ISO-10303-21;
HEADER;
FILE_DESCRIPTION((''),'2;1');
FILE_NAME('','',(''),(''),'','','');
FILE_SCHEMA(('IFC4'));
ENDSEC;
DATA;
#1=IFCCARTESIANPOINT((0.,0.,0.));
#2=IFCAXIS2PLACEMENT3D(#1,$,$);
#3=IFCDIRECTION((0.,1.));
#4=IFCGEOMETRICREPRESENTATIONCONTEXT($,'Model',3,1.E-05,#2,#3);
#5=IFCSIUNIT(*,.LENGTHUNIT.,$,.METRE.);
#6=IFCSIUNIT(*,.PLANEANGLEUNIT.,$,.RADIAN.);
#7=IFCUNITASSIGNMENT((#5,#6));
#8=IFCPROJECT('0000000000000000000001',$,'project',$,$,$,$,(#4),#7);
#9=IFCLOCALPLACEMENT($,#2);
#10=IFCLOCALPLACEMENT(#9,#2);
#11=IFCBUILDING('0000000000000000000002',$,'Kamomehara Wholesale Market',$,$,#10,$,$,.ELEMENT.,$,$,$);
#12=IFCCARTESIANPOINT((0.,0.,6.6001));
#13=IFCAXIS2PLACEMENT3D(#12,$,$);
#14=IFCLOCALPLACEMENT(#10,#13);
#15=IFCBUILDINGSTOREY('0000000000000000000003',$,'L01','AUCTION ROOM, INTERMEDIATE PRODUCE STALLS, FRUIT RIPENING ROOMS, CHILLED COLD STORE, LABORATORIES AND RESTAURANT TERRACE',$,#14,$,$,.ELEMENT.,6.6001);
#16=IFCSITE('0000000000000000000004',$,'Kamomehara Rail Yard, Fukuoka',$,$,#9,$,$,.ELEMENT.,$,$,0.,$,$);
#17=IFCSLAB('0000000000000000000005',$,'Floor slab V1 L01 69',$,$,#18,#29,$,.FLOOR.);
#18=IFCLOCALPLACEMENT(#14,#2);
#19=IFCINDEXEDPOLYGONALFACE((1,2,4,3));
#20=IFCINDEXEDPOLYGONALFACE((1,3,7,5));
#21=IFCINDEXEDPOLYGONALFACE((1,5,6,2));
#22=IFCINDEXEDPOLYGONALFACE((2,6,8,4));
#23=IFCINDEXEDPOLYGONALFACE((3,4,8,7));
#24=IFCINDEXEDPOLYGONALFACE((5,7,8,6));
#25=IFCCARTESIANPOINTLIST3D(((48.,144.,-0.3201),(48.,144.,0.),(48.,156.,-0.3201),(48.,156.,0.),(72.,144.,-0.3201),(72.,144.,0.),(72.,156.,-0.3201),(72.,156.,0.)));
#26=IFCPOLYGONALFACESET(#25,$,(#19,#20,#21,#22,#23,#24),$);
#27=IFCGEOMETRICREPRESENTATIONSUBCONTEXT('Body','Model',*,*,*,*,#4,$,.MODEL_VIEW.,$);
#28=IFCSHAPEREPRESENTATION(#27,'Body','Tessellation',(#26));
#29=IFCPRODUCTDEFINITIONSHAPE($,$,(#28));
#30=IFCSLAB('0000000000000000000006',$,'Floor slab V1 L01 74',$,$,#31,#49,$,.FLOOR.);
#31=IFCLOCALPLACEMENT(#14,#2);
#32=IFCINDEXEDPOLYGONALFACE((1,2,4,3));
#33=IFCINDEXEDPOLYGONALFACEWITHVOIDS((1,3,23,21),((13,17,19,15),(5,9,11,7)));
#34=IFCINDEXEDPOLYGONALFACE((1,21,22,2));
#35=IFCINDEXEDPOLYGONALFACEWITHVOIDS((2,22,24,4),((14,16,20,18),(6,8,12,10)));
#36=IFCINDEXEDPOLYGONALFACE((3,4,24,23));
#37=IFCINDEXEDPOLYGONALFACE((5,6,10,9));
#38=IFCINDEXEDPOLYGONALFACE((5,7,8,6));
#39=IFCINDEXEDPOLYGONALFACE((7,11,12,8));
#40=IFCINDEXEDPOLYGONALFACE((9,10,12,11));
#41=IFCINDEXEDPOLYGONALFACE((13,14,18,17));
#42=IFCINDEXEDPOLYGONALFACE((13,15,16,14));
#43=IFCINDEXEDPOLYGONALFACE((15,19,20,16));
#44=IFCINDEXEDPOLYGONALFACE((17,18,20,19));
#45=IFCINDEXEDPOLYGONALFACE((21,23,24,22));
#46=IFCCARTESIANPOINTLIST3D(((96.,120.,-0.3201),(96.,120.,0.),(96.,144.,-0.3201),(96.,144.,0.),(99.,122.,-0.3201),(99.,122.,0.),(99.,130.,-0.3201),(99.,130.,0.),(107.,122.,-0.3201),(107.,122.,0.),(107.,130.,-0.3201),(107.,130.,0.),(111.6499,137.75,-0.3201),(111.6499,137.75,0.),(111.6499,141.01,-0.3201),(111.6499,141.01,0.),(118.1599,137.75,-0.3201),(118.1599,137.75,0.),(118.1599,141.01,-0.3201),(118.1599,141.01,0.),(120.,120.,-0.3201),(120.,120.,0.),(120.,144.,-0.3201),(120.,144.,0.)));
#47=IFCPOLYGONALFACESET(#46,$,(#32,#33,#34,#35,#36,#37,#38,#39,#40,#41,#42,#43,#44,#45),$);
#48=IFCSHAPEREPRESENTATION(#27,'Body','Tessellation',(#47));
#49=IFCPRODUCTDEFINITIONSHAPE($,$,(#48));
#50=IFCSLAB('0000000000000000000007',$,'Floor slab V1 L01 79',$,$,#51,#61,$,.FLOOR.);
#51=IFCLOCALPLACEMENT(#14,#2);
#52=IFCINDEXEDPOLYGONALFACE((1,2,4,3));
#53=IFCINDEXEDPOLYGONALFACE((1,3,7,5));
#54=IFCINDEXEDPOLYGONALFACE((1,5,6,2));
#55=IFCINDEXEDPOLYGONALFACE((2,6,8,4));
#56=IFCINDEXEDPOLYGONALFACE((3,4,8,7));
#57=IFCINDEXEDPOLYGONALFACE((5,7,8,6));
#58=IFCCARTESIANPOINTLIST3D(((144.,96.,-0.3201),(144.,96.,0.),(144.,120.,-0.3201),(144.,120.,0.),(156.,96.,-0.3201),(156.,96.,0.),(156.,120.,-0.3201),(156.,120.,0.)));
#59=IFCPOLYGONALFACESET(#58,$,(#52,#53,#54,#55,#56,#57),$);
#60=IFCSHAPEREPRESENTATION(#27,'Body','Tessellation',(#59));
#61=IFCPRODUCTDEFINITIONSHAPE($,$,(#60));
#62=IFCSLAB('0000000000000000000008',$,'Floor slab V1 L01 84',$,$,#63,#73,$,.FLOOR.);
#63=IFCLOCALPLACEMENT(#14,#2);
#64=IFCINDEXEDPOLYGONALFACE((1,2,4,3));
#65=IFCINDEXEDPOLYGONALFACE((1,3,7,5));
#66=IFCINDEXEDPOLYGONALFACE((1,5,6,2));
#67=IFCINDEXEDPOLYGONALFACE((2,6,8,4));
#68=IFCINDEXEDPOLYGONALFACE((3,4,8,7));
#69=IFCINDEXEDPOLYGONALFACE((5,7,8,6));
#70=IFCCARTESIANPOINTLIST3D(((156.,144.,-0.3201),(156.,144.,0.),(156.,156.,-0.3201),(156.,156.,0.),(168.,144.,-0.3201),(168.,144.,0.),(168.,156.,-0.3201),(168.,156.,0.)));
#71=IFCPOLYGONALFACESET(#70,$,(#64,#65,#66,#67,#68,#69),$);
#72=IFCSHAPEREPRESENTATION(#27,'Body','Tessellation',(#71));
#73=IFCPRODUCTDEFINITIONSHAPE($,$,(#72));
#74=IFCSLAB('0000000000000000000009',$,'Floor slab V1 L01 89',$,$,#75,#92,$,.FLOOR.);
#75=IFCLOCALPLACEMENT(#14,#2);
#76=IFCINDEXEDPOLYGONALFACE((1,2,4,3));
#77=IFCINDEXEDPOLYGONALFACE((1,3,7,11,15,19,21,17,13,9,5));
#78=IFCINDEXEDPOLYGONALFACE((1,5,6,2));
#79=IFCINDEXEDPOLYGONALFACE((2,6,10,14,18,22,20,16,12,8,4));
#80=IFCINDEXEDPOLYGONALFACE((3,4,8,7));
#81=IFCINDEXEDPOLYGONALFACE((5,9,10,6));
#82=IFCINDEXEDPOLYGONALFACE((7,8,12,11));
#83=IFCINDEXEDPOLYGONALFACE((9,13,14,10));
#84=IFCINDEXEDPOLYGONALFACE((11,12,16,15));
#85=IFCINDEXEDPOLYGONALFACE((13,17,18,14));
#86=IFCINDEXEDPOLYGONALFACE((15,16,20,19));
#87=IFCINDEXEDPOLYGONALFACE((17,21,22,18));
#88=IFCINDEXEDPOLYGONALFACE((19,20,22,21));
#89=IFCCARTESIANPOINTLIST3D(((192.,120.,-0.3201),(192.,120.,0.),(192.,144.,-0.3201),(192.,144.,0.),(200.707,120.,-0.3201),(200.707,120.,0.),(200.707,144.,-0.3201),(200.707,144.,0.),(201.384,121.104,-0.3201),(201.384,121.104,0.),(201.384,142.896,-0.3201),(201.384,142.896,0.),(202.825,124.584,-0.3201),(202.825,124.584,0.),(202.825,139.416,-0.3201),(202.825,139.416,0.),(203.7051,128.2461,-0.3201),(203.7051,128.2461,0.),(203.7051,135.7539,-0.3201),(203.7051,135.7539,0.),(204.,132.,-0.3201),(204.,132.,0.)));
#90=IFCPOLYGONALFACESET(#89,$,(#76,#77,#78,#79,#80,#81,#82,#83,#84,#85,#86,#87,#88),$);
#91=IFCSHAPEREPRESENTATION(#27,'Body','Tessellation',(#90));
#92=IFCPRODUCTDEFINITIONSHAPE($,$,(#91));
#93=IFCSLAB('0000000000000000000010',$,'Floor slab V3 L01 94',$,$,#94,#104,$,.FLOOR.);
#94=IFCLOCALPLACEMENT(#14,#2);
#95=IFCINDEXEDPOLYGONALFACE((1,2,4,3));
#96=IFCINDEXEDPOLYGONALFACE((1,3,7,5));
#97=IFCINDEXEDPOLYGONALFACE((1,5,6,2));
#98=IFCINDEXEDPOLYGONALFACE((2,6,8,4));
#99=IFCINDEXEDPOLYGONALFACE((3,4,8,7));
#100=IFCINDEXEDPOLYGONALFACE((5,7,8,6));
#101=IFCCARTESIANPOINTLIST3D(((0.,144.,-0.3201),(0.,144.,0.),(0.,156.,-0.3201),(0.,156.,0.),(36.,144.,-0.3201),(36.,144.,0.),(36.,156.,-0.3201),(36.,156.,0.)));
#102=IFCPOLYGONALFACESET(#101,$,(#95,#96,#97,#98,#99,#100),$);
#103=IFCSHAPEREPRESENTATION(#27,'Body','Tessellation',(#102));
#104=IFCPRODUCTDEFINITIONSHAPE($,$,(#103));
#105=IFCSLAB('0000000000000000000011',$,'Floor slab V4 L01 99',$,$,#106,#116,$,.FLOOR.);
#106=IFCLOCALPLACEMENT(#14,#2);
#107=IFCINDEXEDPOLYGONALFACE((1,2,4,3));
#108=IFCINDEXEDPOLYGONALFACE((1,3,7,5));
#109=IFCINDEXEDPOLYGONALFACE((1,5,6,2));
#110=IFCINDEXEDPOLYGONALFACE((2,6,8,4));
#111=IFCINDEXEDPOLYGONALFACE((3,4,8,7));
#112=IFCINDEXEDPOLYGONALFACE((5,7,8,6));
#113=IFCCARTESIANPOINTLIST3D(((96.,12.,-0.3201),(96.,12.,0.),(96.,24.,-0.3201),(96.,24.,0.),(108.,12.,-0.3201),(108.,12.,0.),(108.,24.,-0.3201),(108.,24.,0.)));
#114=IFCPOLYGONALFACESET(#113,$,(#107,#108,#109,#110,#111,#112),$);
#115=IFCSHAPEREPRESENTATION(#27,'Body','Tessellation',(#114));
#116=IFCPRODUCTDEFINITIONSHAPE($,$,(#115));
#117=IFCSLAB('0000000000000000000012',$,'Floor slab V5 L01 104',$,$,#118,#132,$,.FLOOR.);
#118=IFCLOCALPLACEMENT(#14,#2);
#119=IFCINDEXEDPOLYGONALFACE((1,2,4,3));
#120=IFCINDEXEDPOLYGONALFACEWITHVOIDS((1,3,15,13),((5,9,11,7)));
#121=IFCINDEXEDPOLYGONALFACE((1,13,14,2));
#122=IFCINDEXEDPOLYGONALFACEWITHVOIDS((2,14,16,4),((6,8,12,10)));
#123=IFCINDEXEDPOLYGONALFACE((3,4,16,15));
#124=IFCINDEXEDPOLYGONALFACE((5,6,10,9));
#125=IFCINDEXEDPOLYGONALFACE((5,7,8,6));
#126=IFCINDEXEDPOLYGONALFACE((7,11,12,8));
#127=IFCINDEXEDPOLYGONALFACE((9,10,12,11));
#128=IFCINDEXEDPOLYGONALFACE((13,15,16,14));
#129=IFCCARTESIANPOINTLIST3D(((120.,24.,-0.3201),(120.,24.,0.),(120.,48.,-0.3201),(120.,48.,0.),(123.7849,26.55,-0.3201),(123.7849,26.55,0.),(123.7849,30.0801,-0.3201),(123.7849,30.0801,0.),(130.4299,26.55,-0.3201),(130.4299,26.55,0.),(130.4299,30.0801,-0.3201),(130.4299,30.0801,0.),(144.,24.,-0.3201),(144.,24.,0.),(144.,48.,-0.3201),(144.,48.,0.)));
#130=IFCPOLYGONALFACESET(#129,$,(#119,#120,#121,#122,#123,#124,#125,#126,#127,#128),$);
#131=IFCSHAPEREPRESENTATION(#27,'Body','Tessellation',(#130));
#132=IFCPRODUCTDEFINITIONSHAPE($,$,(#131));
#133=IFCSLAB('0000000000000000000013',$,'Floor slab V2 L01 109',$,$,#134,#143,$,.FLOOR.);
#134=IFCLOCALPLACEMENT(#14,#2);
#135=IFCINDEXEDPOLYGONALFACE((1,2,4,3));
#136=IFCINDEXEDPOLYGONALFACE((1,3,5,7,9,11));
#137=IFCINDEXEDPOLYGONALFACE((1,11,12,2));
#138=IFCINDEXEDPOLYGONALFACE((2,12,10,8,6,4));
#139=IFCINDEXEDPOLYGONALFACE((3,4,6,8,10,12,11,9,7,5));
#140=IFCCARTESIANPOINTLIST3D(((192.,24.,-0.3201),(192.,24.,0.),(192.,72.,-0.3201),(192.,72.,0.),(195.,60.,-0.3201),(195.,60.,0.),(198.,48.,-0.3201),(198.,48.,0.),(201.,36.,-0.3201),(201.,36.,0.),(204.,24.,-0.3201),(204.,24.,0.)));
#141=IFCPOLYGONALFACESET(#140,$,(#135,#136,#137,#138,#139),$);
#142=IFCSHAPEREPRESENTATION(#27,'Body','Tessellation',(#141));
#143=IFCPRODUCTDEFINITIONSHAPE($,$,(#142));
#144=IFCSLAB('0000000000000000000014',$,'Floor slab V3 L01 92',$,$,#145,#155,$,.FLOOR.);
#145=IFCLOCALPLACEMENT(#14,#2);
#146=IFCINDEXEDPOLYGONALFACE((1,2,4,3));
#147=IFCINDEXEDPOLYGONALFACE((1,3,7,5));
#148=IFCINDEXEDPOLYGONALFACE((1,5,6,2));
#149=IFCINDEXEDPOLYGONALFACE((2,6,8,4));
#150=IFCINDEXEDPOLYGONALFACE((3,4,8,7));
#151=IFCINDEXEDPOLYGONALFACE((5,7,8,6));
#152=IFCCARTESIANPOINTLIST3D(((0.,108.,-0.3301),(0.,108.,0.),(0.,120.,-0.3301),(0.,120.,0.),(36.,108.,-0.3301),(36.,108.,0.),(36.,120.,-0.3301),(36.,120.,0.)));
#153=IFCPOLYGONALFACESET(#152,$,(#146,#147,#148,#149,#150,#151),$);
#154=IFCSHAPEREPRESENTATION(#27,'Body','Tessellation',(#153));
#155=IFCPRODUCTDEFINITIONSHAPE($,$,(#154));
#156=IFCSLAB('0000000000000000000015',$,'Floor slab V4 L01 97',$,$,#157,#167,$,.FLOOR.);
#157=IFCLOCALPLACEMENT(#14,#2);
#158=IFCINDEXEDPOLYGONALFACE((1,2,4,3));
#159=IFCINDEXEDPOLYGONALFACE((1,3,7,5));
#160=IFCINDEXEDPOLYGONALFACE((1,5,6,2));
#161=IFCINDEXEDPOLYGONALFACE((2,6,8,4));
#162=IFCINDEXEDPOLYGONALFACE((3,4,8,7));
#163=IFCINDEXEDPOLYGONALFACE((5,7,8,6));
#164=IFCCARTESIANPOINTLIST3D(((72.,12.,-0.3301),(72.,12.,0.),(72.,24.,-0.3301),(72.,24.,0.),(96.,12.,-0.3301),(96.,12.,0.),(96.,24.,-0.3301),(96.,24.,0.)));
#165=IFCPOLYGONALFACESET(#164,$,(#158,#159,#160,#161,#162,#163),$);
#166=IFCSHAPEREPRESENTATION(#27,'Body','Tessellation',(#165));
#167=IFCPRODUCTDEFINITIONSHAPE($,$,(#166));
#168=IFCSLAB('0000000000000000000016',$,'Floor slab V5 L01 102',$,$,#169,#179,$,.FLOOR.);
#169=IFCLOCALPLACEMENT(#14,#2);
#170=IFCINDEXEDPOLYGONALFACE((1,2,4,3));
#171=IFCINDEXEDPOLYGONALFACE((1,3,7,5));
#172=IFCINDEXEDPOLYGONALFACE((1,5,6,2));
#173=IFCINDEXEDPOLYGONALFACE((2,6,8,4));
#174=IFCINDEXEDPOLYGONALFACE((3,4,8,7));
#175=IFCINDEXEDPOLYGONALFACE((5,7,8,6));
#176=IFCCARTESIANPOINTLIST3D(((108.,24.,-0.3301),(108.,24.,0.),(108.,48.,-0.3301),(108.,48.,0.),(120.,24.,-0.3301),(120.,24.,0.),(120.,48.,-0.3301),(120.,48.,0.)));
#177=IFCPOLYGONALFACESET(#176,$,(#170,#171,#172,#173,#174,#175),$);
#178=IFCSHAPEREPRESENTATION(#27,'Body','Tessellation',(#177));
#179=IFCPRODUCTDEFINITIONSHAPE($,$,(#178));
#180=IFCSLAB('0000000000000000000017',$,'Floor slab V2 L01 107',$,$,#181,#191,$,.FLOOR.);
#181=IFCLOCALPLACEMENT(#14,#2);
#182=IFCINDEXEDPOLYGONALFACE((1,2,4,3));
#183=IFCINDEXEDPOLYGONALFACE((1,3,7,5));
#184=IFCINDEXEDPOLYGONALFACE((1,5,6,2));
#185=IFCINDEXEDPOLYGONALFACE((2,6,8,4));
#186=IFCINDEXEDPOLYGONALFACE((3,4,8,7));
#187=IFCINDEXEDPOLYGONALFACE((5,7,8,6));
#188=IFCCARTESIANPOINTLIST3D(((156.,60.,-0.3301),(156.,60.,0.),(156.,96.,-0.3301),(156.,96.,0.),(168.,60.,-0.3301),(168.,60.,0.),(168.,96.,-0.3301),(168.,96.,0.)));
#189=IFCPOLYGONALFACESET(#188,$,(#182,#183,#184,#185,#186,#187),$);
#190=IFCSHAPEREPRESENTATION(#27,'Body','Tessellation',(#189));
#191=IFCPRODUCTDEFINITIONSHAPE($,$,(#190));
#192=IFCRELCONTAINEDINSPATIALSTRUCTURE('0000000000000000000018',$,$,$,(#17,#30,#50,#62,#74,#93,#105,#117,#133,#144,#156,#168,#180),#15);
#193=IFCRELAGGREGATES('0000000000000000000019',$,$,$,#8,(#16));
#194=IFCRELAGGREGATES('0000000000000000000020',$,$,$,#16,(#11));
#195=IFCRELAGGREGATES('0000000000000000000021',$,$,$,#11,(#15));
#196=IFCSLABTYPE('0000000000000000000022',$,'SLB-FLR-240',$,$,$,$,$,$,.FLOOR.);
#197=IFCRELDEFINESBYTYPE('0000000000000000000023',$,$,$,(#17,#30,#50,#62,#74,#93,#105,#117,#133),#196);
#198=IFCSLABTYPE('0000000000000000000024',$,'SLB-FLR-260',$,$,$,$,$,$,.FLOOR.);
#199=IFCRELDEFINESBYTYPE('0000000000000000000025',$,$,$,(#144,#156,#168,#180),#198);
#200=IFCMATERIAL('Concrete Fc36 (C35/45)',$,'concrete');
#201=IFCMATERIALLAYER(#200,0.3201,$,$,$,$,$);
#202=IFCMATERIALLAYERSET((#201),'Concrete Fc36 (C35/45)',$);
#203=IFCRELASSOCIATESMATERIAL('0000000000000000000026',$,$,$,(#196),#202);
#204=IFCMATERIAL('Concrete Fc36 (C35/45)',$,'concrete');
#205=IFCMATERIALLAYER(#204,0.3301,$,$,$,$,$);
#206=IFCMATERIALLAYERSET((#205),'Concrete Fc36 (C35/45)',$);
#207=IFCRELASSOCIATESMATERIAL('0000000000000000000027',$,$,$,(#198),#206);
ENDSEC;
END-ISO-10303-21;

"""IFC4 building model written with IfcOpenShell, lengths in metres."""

from ifc_helpers import new_model, si_unit, direction, frame, origin, place, context, subcontext, project, spatial, polyline, outline, extrude, material, layer, layer_set, type_object, element, save


model = new_model("IFC4")

# Units and contexts
model_context = context("Model", 3, precision=1e-05, world=origin(), true_north=direction((0.0, 1.0)))
body_context = subcontext(model_context, "Body", "Model", "MODEL_VIEW")
ifc_project = project(units=[si_unit("LENGTHUNIT", "METRE"), si_unit("PLANEANGLEUNIT", "RADIAN")], contexts=[model_context])

# Site, building, storey
site_placement = place(None, origin())
site = spatial("IfcSite", under=ifc_project, at=site_placement, Name="Kamomehara Rail Yard, Fukuoka", CompositionType="ELEMENT", RefElevation=0.0)
building_placement = place(site_placement, origin())
building = spatial("IfcBuilding", under=site, at=building_placement, Name="Kamomehara Wholesale Market", CompositionType="ELEMENT")
storey_placement = place(building_placement, frame((0.0, 0.0, 6.6001)))
storey = spatial("IfcBuildingStorey", under=building, at=storey_placement, Name="L01", Description="AUCTION ROOM, INTERMEDIATE PRODUCE STALLS, FRUIT RIPENING ROOMS, CHILLED COLD STORE, LABORATORIES AND RESTAURANT TERRACE", CompositionType="ELEMENT", Elevation=6.6001)

# Slabs
ifc_material_1 = material(Name="Concrete Fc36 (C35/45)", Category="concrete")
ifc_layer_1 = layer(ifc_material_1, 0.3201)
ifc_layer_set_1 = layer_set([ifc_layer_1], Name="Concrete Fc36 (C35/45)")
slab_type_1 = type_object("IfcSlabType", Name="SLB-FLR-240", PredefinedType="FLOOR", material=ifc_layer_set_1)
slab_1_placement = place(storey_placement, frame((0.0, 0.0, -0.3201)))
element("IfcSlab", 1, at=slab_1_placement, inside=storey, type_object=slab_type_1, Name="Floor slab V1 L01 69", PredefinedType="FLOOR", context=body_context, shape_type="SweptSolid", body=[
    extrude(outline(polyline([(72.0, 144.0), (48.0, 144.0), (48.0, 156.0), (72.0, 156.0), (72.0, 144.0)])), origin(), (0.0, 0.0, 1.0), 0.3201),
])
slab_2_placement = place(storey_placement, frame((0.0, 0.0, -0.3201)))
element("IfcSlab", 2, at=slab_2_placement, inside=storey, type_object=slab_type_1, Name="Floor slab V1 L01 74", PredefinedType="FLOOR", context=body_context, shape_type="SweptSolid", body=[
    extrude(outline(polyline([(96.0, 120.0), (96.0, 144.0), (120.0, 144.0), (120.0, 120.0), (96.0, 120.0)]), holes=[polyline([(118.1599, 137.75), (118.1599, 141.01), (111.6499, 141.01), (111.6499, 137.75), (118.1599, 137.75)]), polyline([(107.0, 122.0), (107.0, 130.0), (99.0, 130.0), (99.0, 122.0), (107.0, 122.0)])]), origin(), (0.0, 0.0, 1.0), 0.3201),
])
slab_3_placement = place(storey_placement, frame((0.0, 0.0, -0.3201)))
element("IfcSlab", 3, at=slab_3_placement, inside=storey, type_object=slab_type_1, Name="Floor slab V1 L01 79", PredefinedType="FLOOR", context=body_context, shape_type="SweptSolid", body=[
    extrude(outline(polyline([(156.0, 96.0), (144.0, 96.0), (144.0, 120.0), (156.0, 120.0), (156.0, 96.0)])), origin(), (0.0, 0.0, 1.0), 0.3201),
])
slab_4_placement = place(storey_placement, frame((0.0, 0.0, -0.3201)))
element("IfcSlab", 4, at=slab_4_placement, inside=storey, type_object=slab_type_1, Name="Floor slab V1 L01 84", PredefinedType="FLOOR", context=body_context, shape_type="SweptSolid", body=[
    extrude(outline(polyline([(168.0, 144.0), (156.0, 144.0), (156.0, 156.0), (168.0, 156.0), (168.0, 144.0)])), origin(), (0.0, 0.0, 1.0), 0.3201),
])
slab_5_placement = place(storey_placement, frame((0.0, 0.0, -0.3201)))
element("IfcSlab", 5, at=slab_5_placement, inside=storey, type_object=slab_type_1, Name="Floor slab V1 L01 89", PredefinedType="FLOOR", context=body_context, shape_type="SweptSolid", body=[
    extrude(outline(polyline([(192.0, 120.0), (192.0, 144.0), (200.707, 144.0), (201.384, 142.896), (202.825, 139.416), (203.7051, 135.7539), (204.0, 132.0), (203.7051, 128.2461), (202.825, 124.584), (201.384, 121.104), (200.707, 120.0), (192.0, 120.0)])), origin(), (0.0, 0.0, 1.0), 0.3201),
])
slab_6_placement = place(storey_placement, frame((0.0, 0.0, -0.3201)))
element("IfcSlab", 6, at=slab_6_placement, inside=storey, type_object=slab_type_1, Name="Floor slab V3 L01 94", PredefinedType="FLOOR", context=body_context, shape_type="SweptSolid", body=[
    extrude(outline(polyline([(36.0, 144.0), (0.0, 144.0), (0.0, 156.0), (36.0, 156.0), (36.0, 144.0)])), origin(), (0.0, 0.0, 1.0), 0.3201),
])
slab_7_placement = place(storey_placement, frame((0.0, 0.0, -0.3201)))
element("IfcSlab", 7, at=slab_7_placement, inside=storey, type_object=slab_type_1, Name="Floor slab V4 L01 99", PredefinedType="FLOOR", context=body_context, shape_type="SweptSolid", body=[
    extrude(outline(polyline([(108.0, 12.0), (96.0, 12.0), (96.0, 24.0), (108.0, 24.0), (108.0, 12.0)])), origin(), (0.0, 0.0, 1.0), 0.3201),
])
slab_8_placement = place(storey_placement, frame((0.0, 0.0, -0.3201)))
element("IfcSlab", 8, at=slab_8_placement, inside=storey, type_object=slab_type_1, Name="Floor slab V5 L01 104", PredefinedType="FLOOR", context=body_context, shape_type="SweptSolid", body=[
    extrude(outline(polyline([(144.0, 24.0), (120.0, 24.0), (120.0, 48.0), (144.0, 48.0), (144.0, 24.0)]), holes=[polyline([(130.4299, 26.55), (130.4299, 30.0801), (123.7849, 30.0801), (123.7849, 26.55), (130.4299, 26.55)])]), origin(), (0.0, 0.0, 1.0), 0.3201),
])
slab_9_placement = place(storey_placement, frame((0.0, 0.0, -0.3201)))
element("IfcSlab", 9, at=slab_9_placement, inside=storey, type_object=slab_type_1, Name="Floor slab V2 L01 109", PredefinedType="FLOOR", context=body_context, shape_type="SweptSolid", body=[
    extrude(outline(polyline([(192.0, 72.0), (195.0, 60.0), (198.0, 48.0), (201.0, 36.0), (204.0, 24.0), (192.0, 24.0), (192.0, 72.0)])), origin(), (0.0, 0.0, 1.0), 0.3201),
])
ifc_material_2 = material(Name="Concrete Fc36 (C35/45)", Category="concrete")
ifc_layer_2 = layer(ifc_material_2, 0.3301)
ifc_layer_set_2 = layer_set([ifc_layer_2], Name="Concrete Fc36 (C35/45)")
slab_type_2 = type_object("IfcSlabType", Name="SLB-FLR-260", PredefinedType="FLOOR", material=ifc_layer_set_2)
slab_10_placement = place(storey_placement, frame((0.0, 0.0, -0.3301)))
element("IfcSlab", 10, at=slab_10_placement, inside=storey, type_object=slab_type_2, Name="Floor slab V3 L01 92", PredefinedType="FLOOR", context=body_context, shape_type="SweptSolid", body=[
    extrude(outline(polyline([(36.0, 108.0), (0.0, 108.0), (0.0, 120.0), (36.0, 120.0), (36.0, 108.0)])), origin(), (0.0, 0.0, 1.0), 0.3301),
])
slab_11_placement = place(storey_placement, frame((0.0, 0.0, -0.3301)))
element("IfcSlab", 11, at=slab_11_placement, inside=storey, type_object=slab_type_2, Name="Floor slab V4 L01 97", PredefinedType="FLOOR", context=body_context, shape_type="SweptSolid", body=[
    extrude(outline(polyline([(72.0, 24.0), (96.0, 24.0), (96.0, 12.0), (72.0, 12.0), (72.0, 24.0)])), origin(), (0.0, 0.0, 1.0), 0.3301),
])
slab_12_placement = place(storey_placement, frame((0.0, 0.0, -0.3301)))
element("IfcSlab", 12, at=slab_12_placement, inside=storey, type_object=slab_type_2, Name="Floor slab V5 L01 102", PredefinedType="FLOOR", context=body_context, shape_type="SweptSolid", body=[
    extrude(outline(polyline([(120.0, 24.0), (108.0, 24.0), (108.0, 48.0), (120.0, 48.0), (120.0, 24.0)])), origin(), (0.0, 0.0, 1.0), 0.3301),
])
slab_13_placement = place(storey_placement, frame((0.0, 0.0, -0.3301)))
element("IfcSlab", 13, at=slab_13_placement, inside=storey, type_object=slab_type_2, Name="Floor slab V2 L01 107", PredefinedType="FLOOR", context=body_context, shape_type="SweptSolid", body=[
    extrude(outline(polyline([(168.0, 60.0), (156.0, 60.0), (156.0, 96.0), (168.0, 96.0), (168.0, 60.0)])), origin(), (0.0, 0.0, 1.0), 0.3301),
])

save(model, "model.ifc")
